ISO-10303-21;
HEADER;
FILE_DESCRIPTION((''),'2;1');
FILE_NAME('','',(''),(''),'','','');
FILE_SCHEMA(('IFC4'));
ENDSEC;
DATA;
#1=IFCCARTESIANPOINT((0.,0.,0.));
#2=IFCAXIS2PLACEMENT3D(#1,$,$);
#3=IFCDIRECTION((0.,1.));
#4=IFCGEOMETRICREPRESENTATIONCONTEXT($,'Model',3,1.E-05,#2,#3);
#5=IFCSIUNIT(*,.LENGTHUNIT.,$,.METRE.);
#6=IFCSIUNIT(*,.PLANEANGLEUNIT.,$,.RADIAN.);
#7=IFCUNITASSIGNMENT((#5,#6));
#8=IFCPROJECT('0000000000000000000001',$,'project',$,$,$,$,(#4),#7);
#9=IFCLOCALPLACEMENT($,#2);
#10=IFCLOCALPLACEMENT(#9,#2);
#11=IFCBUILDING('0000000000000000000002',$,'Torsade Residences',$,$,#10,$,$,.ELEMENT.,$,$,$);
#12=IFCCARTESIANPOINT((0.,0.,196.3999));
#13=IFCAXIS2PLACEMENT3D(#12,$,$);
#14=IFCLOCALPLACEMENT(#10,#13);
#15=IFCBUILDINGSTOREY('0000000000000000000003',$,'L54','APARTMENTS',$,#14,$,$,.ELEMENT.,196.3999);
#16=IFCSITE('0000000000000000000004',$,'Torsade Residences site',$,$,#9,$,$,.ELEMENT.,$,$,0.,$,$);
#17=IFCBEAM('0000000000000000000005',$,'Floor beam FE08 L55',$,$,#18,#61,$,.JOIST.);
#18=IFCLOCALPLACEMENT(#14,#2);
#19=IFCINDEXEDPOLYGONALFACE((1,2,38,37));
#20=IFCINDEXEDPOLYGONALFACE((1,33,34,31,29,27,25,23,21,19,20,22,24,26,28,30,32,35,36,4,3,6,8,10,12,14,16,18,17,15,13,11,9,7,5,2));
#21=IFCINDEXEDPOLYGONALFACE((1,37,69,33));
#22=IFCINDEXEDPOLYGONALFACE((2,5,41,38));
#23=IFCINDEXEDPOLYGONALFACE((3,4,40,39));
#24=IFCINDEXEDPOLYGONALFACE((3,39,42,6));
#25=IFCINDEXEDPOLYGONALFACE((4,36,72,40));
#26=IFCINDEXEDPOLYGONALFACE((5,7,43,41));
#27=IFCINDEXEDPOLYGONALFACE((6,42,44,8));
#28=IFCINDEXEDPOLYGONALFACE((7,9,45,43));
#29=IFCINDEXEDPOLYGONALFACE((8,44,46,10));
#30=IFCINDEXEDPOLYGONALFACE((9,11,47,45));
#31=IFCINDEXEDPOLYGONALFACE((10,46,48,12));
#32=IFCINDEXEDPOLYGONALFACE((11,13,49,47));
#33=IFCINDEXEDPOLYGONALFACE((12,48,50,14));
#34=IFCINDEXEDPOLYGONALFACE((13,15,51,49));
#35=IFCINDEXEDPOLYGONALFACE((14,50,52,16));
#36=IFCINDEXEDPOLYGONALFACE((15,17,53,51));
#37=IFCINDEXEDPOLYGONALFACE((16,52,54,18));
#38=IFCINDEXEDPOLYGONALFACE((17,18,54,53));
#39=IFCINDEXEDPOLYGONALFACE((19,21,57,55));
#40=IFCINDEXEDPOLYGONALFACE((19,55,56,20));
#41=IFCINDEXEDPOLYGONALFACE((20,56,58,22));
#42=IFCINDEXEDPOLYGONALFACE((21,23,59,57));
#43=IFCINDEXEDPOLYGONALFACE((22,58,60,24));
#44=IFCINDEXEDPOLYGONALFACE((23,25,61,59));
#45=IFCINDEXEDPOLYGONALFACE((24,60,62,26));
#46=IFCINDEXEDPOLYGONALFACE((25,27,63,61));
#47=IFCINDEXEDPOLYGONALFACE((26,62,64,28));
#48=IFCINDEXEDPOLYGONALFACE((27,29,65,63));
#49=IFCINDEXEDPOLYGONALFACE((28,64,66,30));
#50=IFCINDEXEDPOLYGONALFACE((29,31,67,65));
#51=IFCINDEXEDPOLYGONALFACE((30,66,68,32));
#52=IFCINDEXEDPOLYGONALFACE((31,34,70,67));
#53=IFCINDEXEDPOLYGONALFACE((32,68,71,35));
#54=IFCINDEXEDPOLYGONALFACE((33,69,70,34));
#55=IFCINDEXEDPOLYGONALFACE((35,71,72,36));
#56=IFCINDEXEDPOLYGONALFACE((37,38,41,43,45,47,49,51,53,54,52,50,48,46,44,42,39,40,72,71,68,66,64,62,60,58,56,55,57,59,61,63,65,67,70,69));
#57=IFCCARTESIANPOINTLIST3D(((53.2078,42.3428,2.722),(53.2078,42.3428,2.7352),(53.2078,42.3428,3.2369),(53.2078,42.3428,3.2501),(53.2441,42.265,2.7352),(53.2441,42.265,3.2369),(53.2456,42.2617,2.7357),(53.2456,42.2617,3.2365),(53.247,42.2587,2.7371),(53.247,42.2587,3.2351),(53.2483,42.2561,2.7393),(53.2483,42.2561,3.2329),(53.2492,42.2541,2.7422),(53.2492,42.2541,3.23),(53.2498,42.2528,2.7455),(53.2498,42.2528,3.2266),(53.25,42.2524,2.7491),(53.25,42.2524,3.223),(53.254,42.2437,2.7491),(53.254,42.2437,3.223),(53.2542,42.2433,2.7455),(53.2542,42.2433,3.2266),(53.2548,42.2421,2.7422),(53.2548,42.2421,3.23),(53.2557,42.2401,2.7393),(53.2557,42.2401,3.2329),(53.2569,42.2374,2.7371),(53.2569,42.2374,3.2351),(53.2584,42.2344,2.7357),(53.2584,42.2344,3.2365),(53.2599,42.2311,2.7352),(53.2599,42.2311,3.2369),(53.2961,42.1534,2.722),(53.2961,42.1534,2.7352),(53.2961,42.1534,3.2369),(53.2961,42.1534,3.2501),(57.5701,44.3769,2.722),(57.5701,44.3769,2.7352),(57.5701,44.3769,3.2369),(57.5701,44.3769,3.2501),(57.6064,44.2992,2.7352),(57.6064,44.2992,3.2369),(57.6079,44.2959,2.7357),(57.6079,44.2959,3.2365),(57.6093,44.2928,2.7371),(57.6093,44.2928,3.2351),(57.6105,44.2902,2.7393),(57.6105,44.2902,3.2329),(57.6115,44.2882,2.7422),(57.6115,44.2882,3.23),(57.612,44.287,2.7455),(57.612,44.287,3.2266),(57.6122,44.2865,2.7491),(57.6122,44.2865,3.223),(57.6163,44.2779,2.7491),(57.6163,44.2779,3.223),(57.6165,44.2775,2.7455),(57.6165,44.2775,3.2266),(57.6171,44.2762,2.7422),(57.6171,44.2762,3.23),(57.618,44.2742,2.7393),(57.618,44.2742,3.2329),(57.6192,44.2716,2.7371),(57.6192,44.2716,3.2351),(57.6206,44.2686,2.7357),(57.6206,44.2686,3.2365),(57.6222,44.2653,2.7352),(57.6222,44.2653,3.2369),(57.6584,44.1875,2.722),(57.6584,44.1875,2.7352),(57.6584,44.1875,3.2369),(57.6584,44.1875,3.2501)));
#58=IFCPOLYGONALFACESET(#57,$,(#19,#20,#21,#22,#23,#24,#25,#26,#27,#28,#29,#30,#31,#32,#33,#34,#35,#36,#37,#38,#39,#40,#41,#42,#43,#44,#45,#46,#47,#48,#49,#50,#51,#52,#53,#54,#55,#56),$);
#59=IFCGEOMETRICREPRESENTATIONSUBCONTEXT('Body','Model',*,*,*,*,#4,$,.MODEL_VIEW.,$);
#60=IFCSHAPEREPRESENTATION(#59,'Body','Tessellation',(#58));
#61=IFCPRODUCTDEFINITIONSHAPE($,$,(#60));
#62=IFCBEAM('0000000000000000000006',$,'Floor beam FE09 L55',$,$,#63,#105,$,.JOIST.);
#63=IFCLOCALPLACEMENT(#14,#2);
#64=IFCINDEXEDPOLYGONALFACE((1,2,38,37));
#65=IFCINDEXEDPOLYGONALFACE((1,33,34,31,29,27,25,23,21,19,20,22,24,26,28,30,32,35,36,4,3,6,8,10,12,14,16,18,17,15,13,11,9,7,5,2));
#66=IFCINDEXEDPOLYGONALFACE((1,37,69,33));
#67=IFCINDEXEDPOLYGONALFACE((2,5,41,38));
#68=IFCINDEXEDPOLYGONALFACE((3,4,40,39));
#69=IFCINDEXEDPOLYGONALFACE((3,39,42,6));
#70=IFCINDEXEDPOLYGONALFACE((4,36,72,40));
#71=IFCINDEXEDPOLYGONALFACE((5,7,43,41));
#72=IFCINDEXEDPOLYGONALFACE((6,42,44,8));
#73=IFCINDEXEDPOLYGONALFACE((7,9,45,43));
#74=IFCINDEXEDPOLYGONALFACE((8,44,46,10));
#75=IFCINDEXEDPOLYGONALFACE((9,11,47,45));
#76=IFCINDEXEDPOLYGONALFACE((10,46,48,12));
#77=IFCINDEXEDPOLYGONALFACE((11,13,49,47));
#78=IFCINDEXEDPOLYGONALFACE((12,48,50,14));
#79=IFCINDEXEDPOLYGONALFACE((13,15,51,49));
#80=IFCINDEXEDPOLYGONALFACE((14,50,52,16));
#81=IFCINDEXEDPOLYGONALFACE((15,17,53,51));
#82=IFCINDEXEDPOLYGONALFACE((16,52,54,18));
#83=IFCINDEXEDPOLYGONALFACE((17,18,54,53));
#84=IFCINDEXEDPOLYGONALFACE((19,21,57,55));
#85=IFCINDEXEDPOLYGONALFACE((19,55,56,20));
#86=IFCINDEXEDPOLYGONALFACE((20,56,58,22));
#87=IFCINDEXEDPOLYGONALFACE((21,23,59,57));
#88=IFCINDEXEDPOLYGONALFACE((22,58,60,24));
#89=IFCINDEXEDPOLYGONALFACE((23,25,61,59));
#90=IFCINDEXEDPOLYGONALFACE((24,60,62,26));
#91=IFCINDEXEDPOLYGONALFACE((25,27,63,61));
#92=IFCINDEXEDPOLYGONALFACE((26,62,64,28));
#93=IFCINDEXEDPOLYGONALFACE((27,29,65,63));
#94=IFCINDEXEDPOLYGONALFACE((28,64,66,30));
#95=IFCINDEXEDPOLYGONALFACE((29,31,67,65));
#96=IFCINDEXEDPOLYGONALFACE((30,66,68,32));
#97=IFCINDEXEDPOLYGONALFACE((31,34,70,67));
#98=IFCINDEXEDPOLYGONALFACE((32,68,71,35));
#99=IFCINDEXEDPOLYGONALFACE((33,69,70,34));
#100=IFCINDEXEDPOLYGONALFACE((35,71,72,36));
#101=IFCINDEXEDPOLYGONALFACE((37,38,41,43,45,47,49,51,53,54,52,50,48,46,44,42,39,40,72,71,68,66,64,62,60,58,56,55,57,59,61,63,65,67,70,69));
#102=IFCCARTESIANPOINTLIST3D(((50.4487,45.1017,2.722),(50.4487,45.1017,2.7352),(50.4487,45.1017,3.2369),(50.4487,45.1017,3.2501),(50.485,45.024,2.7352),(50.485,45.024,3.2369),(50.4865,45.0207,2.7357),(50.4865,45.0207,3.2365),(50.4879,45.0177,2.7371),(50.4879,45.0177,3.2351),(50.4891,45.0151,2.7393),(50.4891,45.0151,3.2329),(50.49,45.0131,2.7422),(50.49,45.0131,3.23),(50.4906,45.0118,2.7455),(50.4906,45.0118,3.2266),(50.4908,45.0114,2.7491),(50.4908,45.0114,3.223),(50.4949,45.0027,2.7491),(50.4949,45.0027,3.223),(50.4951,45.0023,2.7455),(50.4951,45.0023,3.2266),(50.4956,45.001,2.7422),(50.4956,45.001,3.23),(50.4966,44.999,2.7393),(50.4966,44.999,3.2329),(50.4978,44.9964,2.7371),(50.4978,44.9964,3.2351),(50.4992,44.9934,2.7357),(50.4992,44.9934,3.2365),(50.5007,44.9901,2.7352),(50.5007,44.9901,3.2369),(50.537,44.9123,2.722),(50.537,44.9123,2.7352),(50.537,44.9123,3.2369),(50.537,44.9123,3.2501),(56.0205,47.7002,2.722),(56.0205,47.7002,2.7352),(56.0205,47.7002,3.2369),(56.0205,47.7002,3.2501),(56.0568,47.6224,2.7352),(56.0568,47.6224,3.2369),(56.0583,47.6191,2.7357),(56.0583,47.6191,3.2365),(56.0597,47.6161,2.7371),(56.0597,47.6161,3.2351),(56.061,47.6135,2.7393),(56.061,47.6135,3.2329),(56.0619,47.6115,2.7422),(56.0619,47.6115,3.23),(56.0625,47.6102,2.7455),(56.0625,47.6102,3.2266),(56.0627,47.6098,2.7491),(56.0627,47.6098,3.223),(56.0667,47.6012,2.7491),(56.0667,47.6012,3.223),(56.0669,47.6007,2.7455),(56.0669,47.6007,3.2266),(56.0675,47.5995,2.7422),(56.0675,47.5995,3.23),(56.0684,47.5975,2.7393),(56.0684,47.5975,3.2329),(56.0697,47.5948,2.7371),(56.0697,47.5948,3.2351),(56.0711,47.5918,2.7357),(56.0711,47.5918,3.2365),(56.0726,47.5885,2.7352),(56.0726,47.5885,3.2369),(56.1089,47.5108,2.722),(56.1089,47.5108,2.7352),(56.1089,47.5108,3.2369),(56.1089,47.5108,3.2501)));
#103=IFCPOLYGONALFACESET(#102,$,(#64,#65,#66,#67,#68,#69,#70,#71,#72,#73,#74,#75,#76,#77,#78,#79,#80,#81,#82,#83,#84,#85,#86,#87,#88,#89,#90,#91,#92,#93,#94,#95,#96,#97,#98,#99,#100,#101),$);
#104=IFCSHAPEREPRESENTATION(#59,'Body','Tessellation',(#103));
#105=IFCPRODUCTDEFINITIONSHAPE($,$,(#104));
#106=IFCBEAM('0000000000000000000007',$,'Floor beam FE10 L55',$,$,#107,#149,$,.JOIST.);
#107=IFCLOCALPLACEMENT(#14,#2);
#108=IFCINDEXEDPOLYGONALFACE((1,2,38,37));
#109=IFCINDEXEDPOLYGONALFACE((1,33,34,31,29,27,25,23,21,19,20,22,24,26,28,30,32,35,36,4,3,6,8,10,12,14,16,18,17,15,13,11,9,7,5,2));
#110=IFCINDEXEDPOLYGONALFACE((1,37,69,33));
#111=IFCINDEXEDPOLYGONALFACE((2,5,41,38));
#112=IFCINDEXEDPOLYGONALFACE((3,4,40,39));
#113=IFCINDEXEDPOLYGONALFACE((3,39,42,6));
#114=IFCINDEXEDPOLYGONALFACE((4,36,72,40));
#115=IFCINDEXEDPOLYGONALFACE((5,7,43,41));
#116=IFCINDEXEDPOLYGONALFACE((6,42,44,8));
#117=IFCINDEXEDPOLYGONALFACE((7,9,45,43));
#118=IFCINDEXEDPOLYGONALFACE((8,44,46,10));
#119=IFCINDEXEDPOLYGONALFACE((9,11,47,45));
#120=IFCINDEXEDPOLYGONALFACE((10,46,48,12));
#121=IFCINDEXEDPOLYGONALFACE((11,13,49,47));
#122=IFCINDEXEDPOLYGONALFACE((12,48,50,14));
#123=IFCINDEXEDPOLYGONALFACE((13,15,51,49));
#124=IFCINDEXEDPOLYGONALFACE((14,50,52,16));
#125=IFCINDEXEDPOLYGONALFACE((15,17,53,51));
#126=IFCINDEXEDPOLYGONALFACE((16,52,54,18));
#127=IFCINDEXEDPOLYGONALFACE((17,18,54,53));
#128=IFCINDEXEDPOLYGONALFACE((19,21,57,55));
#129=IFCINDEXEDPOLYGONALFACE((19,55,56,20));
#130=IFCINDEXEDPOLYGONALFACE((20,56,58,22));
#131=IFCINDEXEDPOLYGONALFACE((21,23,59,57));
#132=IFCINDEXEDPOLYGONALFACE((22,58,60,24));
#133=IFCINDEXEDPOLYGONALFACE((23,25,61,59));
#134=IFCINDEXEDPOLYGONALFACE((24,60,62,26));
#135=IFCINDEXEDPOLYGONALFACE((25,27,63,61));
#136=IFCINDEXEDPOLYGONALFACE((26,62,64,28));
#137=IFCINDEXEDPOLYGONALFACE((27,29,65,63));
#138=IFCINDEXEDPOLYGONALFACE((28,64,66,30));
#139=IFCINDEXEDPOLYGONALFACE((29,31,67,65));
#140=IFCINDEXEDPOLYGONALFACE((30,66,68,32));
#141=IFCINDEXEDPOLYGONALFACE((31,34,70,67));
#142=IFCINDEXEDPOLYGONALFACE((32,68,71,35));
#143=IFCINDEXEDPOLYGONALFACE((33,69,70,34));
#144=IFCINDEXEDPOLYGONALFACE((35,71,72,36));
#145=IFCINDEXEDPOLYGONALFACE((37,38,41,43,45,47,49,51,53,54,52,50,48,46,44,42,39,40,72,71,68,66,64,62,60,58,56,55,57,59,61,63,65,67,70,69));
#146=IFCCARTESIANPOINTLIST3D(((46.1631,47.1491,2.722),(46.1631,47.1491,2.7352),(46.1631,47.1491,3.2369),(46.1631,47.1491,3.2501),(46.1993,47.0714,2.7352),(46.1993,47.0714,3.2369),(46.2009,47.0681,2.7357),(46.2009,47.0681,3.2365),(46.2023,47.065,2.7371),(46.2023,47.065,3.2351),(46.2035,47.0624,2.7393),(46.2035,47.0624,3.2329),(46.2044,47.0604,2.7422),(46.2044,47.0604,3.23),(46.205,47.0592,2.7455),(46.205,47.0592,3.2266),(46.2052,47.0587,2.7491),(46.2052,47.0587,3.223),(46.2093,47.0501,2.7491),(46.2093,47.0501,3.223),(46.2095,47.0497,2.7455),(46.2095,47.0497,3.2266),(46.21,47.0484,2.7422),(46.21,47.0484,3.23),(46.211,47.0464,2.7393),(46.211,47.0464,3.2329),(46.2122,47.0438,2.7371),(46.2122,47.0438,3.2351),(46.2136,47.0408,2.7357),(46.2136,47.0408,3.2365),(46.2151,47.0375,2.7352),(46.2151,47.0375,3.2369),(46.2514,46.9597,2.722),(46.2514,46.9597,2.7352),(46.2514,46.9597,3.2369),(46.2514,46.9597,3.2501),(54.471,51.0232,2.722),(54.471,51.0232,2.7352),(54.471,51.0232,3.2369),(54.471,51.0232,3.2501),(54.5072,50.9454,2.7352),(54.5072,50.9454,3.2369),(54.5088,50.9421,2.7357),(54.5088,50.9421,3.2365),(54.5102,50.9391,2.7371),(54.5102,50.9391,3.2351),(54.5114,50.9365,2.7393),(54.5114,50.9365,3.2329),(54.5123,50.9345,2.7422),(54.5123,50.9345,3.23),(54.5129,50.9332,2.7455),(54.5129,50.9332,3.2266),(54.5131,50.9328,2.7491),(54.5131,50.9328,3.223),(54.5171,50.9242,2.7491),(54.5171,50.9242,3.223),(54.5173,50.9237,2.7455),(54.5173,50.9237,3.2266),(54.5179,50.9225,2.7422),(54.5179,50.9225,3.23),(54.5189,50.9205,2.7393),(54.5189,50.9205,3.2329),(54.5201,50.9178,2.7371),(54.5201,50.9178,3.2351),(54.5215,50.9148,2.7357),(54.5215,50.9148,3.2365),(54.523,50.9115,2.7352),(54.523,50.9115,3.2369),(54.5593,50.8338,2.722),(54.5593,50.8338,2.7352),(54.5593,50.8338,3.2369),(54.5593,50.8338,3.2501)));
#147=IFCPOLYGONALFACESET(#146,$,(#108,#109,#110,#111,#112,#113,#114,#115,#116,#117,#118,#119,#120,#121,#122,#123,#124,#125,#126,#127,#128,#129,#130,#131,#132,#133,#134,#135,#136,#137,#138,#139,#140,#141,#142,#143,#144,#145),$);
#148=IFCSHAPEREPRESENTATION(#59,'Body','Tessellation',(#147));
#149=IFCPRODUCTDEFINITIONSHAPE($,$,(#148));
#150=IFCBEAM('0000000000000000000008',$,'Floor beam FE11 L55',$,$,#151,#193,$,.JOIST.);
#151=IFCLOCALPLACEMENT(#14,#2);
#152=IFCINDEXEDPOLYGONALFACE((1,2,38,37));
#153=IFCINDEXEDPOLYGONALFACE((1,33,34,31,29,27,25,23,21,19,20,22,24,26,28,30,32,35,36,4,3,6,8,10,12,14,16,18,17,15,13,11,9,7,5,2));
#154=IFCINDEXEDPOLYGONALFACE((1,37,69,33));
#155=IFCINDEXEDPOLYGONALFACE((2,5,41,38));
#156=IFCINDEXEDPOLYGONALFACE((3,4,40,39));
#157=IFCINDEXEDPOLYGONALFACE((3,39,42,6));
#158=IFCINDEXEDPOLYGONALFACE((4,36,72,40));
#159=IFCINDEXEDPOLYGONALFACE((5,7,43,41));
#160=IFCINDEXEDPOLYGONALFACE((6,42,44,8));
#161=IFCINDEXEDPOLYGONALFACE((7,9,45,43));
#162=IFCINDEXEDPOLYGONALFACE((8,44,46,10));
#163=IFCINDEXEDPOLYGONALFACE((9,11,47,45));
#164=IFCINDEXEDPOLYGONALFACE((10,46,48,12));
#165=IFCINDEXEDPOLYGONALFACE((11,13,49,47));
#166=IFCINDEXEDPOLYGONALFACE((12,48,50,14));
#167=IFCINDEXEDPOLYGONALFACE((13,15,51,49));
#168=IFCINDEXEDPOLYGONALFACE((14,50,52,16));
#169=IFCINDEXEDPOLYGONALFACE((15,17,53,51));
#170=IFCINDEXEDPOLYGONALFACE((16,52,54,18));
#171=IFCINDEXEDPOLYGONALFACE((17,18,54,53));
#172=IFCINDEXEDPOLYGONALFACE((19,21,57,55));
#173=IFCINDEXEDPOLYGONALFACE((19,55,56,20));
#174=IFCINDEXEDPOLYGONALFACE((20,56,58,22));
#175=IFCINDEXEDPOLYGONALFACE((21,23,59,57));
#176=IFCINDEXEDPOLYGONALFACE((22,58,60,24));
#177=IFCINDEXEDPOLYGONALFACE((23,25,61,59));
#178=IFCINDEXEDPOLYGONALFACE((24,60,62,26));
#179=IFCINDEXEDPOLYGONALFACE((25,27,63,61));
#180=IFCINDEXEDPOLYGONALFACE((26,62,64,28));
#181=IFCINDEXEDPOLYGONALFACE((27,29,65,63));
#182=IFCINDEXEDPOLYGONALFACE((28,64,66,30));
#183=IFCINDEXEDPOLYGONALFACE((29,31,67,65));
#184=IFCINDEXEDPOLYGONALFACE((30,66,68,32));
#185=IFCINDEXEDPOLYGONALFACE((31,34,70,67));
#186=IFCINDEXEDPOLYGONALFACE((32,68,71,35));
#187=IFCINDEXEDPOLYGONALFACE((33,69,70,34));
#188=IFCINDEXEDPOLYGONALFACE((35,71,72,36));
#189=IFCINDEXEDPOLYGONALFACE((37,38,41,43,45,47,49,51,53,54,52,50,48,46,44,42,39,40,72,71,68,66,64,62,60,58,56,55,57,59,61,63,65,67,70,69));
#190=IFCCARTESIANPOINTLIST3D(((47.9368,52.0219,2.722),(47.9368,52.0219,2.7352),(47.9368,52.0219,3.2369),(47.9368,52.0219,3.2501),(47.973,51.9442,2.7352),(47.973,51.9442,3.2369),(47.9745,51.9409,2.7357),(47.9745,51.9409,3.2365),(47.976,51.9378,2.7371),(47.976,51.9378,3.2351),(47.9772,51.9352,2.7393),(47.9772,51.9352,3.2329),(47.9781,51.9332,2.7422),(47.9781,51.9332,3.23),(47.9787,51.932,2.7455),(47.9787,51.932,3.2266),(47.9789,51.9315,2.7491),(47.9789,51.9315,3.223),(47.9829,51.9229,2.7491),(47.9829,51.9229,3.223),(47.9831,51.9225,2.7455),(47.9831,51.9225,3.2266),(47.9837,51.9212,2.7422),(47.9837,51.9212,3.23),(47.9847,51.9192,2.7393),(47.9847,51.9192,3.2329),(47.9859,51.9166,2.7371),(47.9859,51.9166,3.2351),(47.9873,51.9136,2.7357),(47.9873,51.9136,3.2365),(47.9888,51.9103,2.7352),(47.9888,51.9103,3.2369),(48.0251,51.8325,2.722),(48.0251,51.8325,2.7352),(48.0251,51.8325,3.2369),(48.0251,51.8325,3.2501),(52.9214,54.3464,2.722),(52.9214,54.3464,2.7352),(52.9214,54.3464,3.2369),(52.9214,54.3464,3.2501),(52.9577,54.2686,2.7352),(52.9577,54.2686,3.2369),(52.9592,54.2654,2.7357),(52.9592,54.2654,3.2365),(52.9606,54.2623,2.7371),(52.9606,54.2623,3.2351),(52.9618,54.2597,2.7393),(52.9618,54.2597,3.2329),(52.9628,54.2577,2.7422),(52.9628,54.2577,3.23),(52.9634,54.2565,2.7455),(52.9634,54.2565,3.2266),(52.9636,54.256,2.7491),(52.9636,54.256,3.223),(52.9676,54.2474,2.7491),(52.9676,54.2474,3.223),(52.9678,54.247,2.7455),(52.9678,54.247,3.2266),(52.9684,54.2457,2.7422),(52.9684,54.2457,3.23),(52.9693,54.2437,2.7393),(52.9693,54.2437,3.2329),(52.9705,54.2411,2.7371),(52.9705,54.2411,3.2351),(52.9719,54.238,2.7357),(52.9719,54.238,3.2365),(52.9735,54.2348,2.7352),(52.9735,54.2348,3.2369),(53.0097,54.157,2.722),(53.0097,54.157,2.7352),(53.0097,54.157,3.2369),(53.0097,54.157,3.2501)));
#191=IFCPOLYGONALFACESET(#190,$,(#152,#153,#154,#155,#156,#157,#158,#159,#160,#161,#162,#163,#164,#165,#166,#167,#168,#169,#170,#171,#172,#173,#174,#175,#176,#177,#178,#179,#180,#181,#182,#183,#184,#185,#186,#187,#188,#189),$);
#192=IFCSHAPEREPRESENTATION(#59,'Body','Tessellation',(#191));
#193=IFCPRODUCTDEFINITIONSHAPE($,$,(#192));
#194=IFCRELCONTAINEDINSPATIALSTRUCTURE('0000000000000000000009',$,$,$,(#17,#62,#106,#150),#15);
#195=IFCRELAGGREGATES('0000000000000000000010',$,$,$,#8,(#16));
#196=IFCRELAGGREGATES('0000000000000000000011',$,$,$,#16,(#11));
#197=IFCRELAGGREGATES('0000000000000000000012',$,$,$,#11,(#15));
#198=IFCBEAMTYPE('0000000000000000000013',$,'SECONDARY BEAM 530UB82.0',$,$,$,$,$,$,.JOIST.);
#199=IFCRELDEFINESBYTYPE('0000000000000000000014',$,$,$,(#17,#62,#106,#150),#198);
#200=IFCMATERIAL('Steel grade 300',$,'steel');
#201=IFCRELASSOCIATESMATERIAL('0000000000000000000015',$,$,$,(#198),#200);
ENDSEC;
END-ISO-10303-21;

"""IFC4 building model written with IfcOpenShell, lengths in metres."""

from ifc_helpers import new_model, si_unit, direction, frame, origin, origin_2d, place, context, subcontext, project, spatial, i_section, extrude, material, material_profile, profile_set, type_object, element, save


model = new_model("IFC4")

# Units and contexts
model_context = context("Model", 3, precision=1e-05, world=origin(), true_north=direction((0.0, 1.0)))
body_context = subcontext(model_context, "Body", "Model", "MODEL_VIEW")
ifc_project = project(units=[si_unit("LENGTHUNIT", "METRE"), si_unit("PLANEANGLEUNIT", "RADIAN")], contexts=[model_context])

# Site, building, storey
site_placement = place(None, origin())
site = spatial("IfcSite", under=ifc_project, at=site_placement, Name="Torsade Residences site", CompositionType="ELEMENT", RefElevation=0.0)
building_placement = place(site_placement, origin())
building = spatial("IfcBuilding", under=site, at=building_placement, Name="Torsade Residences", CompositionType="ELEMENT")
storey_placement = place(building_placement, frame((0.0, 0.0, 196.3999)))
storey = spatial("IfcBuildingStorey", under=building, at=storey_placement, Name="L54", Description="APARTMENTS", CompositionType="ELEMENT", Elevation=196.3999)

# Beams
ifc_material_1 = material(Name="Steel grade 300", Category="steel")
ifc_material_profile_1 = material_profile(ifc_material_1, i_section(OverallWidth=0.209, OverallDepth=0.5281, WebThickness=0.0095, FlangeThickness=0.0132, FilletRadius=0.0139, at=origin_2d()), Name="530UB82.0")
ifc_profile_set_1 = profile_set([ifc_material_profile_1], Name="Steel grade 300")
beam_type_1 = type_object("IfcBeamType", Name="SECONDARY BEAM 530UB82.0", PredefinedType="JOIST", material=ifc_profile_set_1)
beam_1_placement = place(storey_placement, frame((57.6143, 44.2822, 2.9861), z_axis=(-0.906308, -0.422619, 0.0), x_axis=(0.422619, -0.906308, 0.0)))
element("IfcBeam", 1, at=beam_1_placement, inside=storey, type_object=beam_type_1, Name="Floor beam FE08 L55", PredefinedType="JOIST", context=body_context, shape_type="SweptSolid", body=[
    extrude(i_section(OverallWidth=0.209, OverallDepth=0.5281, WebThickness=0.0095, FlangeThickness=0.0132, FilletRadius=0.0139, at=origin_2d()), origin(), (0.0, 0.0, 1.0), 4.8132),
])
beam_2_placement = place(storey_placement, frame((56.0647, 47.6055, 2.9861), z_axis=(-0.906294, -0.422648, 0.0), x_axis=(0.422648, -0.906294, 0.0)))
element("IfcBeam", 2, at=beam_2_placement, inside=storey, type_object=beam_type_1, Name="Floor beam FE09 L55", PredefinedType="JOIST", context=body_context, shape_type="SweptSolid", body=[
    extrude(i_section(OverallWidth=0.209, OverallDepth=0.5281, WebThickness=0.0095, FlangeThickness=0.0132, FilletRadius=0.0139, at=origin_2d()), origin(), (0.0, 0.0, 1.0), 6.1479),
])
beam_3_placement = place(storey_placement, frame((54.5151, 50.9285, 2.9861), z_axis=(-0.906308, -0.422619, 0.0), x_axis=(0.422619, -0.906308, 0.0)))
element("IfcBeam", 3, at=beam_3_placement, inside=storey, type_object=beam_type_1, Name="Floor beam FE10 L55", PredefinedType="JOIST", context=body_context, shape_type="SweptSolid", body=[
    extrude(i_section(OverallWidth=0.209, OverallDepth=0.5281, WebThickness=0.0095, FlangeThickness=0.0132, FilletRadius=0.0139, at=origin_2d()), origin(), (0.0, 0.0, 1.0), 9.1667),
])
beam_4_placement = place(storey_placement, frame((52.9656, 54.2517, 2.9861), z_axis=(-0.906301, -0.422633, 0.0), x_axis=(0.422633, -0.906301, 0.0)))
element("IfcBeam", 4, at=beam_4_placement, inside=storey, type_object=beam_type_1, Name="Floor beam FE11 L55", PredefinedType="JOIST", context=body_context, shape_type="SweptSolid", body=[
    extrude(i_section(OverallWidth=0.209, OverallDepth=0.5281, WebThickness=0.0095, FlangeThickness=0.0132, FilletRadius=0.0139, at=origin_2d()), origin(), (0.0, 0.0, 1.0), 5.5),
])

save(model, "model.ifc")
